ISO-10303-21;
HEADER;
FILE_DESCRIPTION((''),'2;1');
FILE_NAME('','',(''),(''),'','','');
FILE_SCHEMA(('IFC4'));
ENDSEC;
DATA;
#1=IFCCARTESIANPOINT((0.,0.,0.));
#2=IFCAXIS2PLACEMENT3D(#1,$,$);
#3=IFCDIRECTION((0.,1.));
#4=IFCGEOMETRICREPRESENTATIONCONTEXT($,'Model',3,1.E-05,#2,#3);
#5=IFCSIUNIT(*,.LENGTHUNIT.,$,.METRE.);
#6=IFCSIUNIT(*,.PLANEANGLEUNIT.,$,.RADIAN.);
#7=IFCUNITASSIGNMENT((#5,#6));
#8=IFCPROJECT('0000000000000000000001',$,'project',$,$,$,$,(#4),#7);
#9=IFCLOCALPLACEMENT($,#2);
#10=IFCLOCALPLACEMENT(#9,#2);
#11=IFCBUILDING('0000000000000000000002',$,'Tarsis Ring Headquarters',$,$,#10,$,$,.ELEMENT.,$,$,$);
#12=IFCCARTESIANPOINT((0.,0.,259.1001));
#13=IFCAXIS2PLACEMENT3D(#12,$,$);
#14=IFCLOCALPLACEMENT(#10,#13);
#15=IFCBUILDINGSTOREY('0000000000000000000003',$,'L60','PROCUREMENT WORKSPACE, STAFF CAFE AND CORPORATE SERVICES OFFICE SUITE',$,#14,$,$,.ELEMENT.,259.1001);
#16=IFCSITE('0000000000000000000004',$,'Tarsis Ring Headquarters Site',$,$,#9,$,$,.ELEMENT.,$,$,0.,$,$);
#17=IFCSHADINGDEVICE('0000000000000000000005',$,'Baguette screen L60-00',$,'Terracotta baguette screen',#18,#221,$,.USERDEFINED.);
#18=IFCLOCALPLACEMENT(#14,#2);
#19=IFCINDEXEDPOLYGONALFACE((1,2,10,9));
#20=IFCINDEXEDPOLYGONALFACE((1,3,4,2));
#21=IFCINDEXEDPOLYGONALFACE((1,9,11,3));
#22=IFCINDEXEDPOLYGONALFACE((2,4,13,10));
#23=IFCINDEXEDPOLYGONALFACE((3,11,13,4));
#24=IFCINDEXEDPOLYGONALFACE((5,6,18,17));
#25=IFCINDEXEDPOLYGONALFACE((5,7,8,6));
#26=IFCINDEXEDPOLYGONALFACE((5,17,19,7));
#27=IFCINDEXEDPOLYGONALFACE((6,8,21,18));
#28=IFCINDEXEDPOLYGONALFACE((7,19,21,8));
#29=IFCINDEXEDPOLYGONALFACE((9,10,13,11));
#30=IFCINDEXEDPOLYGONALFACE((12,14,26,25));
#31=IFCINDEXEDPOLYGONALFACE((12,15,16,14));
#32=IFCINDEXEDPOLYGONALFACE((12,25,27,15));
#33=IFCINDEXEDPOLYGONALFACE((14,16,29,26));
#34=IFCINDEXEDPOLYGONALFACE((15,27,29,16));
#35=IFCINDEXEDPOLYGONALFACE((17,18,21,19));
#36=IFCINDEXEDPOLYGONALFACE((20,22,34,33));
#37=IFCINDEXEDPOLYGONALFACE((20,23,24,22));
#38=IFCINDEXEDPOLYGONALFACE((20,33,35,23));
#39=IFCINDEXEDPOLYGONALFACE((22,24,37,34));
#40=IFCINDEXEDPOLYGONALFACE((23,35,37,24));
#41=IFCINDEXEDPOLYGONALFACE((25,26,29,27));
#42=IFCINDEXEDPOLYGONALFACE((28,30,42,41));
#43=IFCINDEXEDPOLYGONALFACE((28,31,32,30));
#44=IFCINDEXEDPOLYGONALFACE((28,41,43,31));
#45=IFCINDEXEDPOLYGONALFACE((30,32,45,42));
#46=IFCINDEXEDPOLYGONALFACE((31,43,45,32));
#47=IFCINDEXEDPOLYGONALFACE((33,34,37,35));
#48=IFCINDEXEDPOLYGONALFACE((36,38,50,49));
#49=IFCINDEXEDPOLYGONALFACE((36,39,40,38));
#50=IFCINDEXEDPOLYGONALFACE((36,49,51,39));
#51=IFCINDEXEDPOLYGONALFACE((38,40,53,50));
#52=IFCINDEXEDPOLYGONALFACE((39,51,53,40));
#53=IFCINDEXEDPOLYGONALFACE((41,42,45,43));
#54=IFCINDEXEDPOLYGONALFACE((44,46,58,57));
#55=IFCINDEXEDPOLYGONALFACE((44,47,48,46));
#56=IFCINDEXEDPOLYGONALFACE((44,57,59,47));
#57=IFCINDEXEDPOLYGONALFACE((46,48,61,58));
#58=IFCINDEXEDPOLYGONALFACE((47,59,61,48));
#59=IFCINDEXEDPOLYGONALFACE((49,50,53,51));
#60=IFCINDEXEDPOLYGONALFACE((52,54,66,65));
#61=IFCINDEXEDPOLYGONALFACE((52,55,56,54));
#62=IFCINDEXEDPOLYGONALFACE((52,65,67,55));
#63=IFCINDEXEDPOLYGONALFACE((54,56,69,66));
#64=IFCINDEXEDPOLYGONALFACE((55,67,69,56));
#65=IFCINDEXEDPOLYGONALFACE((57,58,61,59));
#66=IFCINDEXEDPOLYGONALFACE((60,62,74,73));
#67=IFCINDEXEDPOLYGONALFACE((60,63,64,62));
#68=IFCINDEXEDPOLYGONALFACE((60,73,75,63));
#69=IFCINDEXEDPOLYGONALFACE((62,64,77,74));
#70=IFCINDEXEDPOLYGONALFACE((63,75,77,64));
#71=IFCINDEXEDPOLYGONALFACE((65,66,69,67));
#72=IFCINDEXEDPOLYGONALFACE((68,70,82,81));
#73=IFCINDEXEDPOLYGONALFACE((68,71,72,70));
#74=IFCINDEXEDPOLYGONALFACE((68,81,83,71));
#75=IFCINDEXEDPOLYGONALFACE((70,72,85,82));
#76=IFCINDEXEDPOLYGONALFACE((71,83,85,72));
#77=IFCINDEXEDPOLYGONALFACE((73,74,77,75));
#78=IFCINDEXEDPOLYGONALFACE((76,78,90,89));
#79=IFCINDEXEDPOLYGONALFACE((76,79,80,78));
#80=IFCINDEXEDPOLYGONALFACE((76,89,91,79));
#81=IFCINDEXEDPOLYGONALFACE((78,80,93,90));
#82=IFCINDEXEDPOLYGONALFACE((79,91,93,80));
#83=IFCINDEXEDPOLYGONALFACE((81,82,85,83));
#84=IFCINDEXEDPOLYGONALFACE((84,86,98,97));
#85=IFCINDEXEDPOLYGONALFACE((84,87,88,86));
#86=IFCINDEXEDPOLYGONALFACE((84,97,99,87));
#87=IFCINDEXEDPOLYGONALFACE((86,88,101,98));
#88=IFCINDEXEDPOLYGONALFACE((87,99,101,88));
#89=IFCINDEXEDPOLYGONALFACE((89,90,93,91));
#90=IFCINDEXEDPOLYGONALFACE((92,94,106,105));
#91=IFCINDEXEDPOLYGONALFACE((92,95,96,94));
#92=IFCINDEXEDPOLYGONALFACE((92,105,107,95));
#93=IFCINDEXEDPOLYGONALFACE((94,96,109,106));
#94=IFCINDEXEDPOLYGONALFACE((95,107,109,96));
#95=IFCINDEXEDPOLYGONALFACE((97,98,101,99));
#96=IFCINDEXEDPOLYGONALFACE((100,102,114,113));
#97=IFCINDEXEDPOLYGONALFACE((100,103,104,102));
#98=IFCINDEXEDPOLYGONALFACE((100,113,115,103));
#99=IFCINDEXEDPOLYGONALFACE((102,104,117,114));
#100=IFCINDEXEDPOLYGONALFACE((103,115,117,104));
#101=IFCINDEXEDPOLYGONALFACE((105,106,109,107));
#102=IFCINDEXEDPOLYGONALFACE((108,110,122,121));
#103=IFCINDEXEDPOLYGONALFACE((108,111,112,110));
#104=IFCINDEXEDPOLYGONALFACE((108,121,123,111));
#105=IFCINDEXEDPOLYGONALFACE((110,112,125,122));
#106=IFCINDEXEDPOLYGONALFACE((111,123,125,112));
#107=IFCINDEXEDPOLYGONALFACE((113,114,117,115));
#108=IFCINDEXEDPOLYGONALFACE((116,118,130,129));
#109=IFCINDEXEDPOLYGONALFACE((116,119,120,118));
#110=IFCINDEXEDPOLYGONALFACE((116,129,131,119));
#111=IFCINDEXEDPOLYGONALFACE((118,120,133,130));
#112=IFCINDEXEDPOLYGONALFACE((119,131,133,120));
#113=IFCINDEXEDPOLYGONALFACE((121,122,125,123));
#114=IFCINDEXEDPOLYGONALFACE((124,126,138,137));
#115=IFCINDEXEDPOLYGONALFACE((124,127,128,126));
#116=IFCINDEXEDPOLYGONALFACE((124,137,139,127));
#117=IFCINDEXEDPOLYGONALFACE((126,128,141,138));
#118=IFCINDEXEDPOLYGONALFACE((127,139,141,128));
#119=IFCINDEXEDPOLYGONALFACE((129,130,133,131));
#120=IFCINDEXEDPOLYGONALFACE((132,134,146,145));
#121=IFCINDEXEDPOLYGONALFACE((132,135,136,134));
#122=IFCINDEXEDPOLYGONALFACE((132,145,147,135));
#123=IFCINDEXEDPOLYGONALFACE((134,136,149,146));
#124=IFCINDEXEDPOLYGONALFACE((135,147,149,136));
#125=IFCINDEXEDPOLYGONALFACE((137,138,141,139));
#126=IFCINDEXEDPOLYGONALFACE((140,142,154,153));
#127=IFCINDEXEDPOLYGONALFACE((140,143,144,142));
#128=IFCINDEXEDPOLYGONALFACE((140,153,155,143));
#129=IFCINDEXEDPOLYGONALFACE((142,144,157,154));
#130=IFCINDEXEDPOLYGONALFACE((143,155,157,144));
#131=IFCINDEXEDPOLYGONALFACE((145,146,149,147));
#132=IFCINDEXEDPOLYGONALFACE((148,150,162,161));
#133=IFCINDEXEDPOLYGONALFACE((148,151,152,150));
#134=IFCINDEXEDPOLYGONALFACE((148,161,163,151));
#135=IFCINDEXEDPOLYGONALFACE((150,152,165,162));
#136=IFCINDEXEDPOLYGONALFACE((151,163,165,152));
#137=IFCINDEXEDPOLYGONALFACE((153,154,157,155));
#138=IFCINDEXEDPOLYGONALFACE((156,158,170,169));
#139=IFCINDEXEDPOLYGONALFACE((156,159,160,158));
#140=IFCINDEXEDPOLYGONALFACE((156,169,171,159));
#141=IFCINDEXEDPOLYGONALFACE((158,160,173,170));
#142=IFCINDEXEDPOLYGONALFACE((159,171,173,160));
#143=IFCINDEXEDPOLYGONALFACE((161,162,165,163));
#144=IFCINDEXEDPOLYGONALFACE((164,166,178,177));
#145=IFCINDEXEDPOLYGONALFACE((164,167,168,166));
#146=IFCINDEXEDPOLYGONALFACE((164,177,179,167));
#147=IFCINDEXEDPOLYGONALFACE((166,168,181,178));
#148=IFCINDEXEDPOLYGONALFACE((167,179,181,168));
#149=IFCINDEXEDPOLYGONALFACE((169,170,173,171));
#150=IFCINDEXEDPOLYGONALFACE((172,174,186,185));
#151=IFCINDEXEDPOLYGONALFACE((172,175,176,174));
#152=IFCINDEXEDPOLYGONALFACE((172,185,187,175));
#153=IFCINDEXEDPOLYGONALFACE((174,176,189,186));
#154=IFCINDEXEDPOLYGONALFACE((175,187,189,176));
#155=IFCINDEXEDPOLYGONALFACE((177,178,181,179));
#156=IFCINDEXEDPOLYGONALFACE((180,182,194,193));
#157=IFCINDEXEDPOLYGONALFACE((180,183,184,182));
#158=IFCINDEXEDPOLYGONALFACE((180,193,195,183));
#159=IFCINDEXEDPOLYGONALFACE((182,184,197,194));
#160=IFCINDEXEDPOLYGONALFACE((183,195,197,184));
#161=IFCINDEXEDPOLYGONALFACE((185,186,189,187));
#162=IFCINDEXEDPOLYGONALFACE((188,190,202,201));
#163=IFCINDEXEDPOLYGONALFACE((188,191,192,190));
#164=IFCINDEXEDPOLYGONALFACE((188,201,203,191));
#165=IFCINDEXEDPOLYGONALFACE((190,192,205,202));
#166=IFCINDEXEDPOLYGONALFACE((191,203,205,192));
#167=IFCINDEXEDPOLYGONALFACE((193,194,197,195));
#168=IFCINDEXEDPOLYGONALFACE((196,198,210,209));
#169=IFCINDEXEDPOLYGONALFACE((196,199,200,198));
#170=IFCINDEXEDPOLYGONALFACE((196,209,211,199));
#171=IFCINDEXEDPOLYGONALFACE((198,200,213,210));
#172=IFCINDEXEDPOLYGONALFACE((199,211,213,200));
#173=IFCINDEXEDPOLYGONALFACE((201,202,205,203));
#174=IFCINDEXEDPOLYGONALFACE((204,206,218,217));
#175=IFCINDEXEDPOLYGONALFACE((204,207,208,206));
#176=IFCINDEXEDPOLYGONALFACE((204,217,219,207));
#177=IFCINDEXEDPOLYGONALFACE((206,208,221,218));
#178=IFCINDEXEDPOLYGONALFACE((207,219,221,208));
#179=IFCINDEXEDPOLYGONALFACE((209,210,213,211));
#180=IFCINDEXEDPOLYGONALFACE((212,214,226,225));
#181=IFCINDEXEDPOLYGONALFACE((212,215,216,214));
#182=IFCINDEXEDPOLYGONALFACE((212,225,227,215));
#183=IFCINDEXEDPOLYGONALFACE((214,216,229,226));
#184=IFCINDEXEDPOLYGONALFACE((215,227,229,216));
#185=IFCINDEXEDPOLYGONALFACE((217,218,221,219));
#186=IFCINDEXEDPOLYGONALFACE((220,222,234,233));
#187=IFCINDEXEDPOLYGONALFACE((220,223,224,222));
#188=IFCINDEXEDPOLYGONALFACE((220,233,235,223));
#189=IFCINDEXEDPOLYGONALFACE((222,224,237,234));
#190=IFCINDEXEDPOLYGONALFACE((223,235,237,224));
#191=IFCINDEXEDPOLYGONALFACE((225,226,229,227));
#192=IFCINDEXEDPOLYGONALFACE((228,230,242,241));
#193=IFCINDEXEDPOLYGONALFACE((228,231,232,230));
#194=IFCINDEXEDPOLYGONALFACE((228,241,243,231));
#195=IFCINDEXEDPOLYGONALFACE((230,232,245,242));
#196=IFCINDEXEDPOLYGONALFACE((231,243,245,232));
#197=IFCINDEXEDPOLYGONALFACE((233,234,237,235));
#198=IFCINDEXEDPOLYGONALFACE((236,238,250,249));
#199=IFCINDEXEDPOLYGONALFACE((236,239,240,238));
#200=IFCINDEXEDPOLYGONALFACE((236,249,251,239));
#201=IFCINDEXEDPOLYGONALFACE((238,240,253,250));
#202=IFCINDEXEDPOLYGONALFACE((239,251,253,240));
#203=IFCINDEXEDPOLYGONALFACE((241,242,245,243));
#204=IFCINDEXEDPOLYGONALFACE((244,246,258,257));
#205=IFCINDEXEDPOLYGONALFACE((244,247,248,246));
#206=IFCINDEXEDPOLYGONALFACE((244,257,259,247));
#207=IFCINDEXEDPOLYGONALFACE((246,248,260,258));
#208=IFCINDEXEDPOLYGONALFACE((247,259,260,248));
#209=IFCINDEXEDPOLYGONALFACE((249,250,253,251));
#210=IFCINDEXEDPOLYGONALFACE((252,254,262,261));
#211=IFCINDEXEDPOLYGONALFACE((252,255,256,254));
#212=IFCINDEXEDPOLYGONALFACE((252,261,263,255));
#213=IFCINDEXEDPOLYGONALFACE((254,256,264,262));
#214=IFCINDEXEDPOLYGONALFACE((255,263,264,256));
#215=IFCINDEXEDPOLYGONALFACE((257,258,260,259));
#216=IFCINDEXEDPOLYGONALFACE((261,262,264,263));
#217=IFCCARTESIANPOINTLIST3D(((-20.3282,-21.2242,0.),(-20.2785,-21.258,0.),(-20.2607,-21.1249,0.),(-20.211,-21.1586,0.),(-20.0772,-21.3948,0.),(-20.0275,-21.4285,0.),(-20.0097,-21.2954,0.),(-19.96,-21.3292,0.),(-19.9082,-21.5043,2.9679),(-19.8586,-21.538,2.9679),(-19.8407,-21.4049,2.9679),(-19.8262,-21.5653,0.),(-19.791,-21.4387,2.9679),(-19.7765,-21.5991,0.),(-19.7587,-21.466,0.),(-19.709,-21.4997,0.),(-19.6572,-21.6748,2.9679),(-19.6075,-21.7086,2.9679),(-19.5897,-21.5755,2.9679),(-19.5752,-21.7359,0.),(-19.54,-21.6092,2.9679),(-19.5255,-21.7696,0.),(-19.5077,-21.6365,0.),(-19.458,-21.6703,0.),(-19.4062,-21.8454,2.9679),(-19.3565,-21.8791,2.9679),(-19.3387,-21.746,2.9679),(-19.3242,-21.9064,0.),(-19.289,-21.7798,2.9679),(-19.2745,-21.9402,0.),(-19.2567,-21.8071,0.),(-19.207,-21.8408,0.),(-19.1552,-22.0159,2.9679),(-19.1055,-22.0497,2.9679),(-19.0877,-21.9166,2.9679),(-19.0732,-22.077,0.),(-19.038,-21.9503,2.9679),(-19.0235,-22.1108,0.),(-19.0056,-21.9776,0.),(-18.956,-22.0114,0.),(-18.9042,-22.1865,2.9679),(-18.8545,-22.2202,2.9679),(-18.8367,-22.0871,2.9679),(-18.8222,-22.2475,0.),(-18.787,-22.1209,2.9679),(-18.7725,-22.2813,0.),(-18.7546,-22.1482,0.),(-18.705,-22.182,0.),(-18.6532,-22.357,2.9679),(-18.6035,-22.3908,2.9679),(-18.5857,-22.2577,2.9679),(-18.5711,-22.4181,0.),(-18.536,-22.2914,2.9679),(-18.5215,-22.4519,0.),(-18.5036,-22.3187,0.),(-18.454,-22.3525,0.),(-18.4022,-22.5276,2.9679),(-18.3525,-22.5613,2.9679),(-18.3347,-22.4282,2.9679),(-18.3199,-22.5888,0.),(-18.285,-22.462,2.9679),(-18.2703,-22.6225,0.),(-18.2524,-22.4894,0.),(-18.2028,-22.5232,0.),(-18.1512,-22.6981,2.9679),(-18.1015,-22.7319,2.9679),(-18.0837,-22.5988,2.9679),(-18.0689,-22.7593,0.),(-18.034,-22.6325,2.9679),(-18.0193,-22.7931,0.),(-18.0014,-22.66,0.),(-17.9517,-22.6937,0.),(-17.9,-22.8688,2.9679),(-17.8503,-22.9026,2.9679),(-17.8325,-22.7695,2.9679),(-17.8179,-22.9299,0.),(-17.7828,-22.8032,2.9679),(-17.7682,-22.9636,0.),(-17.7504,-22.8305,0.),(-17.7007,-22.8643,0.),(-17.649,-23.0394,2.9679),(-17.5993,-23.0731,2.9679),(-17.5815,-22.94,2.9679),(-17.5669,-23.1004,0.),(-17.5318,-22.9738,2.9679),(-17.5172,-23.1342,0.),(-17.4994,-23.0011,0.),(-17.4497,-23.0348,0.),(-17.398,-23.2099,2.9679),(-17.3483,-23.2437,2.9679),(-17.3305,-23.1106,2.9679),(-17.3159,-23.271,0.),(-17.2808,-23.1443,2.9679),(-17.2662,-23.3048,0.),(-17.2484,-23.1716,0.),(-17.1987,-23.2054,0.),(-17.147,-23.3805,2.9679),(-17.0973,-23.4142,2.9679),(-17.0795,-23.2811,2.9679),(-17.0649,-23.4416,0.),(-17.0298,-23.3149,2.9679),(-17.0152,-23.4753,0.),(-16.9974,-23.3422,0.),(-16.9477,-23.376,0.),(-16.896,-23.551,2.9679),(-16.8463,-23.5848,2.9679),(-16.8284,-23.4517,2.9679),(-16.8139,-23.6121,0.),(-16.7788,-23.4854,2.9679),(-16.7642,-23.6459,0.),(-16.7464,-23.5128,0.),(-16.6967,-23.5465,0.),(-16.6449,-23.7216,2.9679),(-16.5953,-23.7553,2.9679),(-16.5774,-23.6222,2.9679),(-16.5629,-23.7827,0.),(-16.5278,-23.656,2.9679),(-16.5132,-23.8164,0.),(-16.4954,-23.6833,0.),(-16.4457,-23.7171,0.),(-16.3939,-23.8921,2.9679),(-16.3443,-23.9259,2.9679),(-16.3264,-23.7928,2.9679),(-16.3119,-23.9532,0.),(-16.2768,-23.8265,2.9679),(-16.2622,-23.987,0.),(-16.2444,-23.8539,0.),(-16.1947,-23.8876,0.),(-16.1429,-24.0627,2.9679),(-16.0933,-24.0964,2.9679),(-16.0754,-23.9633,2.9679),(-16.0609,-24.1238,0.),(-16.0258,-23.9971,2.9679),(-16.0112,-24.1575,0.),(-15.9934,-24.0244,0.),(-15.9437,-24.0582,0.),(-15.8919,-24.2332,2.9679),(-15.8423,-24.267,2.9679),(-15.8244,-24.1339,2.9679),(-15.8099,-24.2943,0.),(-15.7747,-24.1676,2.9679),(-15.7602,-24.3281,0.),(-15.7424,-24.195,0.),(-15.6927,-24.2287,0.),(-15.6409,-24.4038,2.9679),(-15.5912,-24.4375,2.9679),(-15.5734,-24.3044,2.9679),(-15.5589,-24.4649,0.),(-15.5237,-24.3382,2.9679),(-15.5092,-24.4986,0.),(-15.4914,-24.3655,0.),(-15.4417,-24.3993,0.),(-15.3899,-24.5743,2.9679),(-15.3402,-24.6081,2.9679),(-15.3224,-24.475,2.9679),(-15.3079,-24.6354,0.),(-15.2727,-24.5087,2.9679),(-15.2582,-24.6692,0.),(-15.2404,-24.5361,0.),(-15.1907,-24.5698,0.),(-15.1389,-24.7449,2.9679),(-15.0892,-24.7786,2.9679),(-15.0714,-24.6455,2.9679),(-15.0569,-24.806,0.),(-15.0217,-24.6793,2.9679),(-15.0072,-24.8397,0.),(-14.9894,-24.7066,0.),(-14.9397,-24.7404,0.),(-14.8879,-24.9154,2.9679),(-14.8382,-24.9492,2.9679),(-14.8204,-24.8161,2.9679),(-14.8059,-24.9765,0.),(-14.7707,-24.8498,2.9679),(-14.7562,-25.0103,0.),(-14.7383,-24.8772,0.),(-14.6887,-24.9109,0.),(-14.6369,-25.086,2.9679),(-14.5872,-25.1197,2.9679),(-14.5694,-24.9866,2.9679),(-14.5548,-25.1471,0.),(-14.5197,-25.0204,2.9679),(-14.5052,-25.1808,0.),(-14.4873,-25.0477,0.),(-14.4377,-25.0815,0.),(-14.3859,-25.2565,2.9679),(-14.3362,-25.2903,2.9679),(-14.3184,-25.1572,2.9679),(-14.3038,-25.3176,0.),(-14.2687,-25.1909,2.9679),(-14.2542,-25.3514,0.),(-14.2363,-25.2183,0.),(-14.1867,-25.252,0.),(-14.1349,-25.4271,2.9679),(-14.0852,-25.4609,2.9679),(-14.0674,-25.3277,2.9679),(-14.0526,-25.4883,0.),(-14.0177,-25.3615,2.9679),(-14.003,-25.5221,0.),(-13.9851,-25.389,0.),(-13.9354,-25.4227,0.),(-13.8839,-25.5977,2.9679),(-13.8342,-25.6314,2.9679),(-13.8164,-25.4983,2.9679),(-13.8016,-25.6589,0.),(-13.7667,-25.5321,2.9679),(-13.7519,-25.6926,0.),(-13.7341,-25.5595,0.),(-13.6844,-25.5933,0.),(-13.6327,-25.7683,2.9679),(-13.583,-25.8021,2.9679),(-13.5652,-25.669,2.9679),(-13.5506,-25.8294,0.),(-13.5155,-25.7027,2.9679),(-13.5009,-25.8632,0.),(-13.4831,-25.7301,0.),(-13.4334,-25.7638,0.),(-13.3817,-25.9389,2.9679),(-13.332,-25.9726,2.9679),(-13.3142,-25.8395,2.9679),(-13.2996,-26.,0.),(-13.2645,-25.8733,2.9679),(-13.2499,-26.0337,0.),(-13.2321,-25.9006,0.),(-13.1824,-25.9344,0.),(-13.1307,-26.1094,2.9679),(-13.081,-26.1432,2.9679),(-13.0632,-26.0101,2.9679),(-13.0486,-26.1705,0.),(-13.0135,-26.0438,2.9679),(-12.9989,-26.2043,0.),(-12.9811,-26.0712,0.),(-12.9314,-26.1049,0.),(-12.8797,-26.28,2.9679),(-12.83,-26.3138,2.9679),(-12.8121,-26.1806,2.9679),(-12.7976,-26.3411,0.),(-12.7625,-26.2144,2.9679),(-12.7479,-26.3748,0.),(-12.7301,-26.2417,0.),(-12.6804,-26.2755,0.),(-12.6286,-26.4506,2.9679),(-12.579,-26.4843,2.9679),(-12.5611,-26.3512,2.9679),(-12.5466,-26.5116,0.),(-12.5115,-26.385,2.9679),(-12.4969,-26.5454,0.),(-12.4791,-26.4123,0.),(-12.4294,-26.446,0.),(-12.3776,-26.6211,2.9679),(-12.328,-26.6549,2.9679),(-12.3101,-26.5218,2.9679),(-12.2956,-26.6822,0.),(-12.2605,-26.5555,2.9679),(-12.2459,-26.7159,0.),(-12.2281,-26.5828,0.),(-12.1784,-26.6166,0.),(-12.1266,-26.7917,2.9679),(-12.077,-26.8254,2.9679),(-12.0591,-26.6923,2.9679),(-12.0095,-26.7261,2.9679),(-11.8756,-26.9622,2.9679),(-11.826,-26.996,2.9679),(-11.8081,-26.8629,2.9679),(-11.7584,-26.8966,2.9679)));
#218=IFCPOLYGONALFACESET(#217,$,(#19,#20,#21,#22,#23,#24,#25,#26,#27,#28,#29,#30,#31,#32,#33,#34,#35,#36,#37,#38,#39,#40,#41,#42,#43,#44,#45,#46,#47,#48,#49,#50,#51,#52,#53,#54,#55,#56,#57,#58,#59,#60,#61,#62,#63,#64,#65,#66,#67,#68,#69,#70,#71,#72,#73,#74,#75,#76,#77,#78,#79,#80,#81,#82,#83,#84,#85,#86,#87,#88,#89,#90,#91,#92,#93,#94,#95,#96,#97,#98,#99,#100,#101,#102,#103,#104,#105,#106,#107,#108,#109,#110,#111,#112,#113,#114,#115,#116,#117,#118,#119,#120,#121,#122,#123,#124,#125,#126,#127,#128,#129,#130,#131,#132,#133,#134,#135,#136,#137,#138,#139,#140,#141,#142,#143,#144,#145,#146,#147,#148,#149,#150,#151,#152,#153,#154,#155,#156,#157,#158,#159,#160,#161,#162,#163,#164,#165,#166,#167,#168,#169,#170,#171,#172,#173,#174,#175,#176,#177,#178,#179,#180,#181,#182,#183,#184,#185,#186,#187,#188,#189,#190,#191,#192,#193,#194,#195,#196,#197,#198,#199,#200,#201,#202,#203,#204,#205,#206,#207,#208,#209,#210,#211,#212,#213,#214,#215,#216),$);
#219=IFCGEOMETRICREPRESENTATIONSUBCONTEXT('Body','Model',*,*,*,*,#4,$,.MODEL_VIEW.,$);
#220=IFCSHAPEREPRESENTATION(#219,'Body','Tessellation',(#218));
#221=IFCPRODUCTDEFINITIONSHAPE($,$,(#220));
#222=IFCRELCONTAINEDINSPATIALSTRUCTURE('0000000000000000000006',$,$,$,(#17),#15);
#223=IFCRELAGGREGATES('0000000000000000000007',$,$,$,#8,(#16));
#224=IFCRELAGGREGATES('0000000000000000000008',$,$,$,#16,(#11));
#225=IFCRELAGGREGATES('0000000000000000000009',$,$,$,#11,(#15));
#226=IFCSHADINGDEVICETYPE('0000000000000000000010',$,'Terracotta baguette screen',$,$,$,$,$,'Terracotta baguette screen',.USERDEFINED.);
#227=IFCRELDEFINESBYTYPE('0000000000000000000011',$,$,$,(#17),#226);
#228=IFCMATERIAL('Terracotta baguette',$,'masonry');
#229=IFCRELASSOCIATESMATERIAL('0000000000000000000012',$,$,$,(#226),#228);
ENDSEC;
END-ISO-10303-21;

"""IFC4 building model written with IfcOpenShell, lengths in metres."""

from ifc_helpers import new_model, si_unit, direction, frame, frame_2d, origin, place, context, subcontext, project, spatial, rectangle, composite_profile, extrude, material, type_object, element, save


model = new_model("IFC4")

# Units and contexts
model_context = context("Model", 3, precision=1e-05, world=origin(), true_north=direction((0.0, 1.0)))
body_context = subcontext(model_context, "Body", "Model", "MODEL_VIEW")
ifc_project = project(units=[si_unit("LENGTHUNIT", "METRE"), si_unit("PLANEANGLEUNIT", "RADIAN")], contexts=[model_context])

# Site, building, storey
site_placement = place(None, origin())
site = spatial("IfcSite", under=ifc_project, at=site_placement, Name="Tarsis Ring Headquarters Site", CompositionType="ELEMENT", RefElevation=0.0)
building_placement = place(site_placement, origin())
building = spatial("IfcBuilding", under=site, at=building_placement, Name="Tarsis Ring Headquarters", CompositionType="ELEMENT")
storey_placement = place(building_placement, frame((0.0, 0.0, 259.1001)))
storey = spatial("IfcBuildingStorey", under=building, at=storey_placement, Name="L60", Description="PROCUREMENT WORKSPACE, STAFF CAFE AND CORPORATE SERVICES OFFICE SUITE", CompositionType="ELEMENT", Elevation=259.1001)

# Shading device
ifc_material_1 = material(Name="Terracotta baguette", Category="masonry")
shading_device_type_1 = type_object("IfcShadingDeviceType", Name="Terracotta baguette screen", ElementType="Terracotta baguette screen", PredefinedType="USERDEFINED", material=ifc_material_1)
shading_device_1_placement = place(storey_placement, frame((-20.2944, -21.1746, 0.0), z_axis=(0.0, 0.0, 1.0), x_axis=(0.827129, -0.562013, 0.0)))
element("IfcShadingDevice", 1, at=shading_device_1_placement, inside=storey, type_object=shading_device_type_1, Name="Baguette screen L60-00", ObjectType="Terracotta baguette screen", PredefinedType="USERDEFINED", context=body_context, shape_type="SweptSolid", body=[
    extrude(composite_profile([rectangle(XDim=0.0601, YDim=0.1201, at=frame_2d((0.03, 0.0))), rectangle(XDim=0.0601, YDim=0.1201, at=frame_2d((0.3335, 0.0))), rectangle(XDim=0.0601, YDim=0.1201, at=frame_2d((0.637, 0.0))), rectangle(XDim=0.0601, YDim=0.1201, at=frame_2d((0.9404, 0.0))), rectangle(XDim=0.0601, YDim=0.1201, at=frame_2d((1.2439, 0.0))), rectangle(XDim=0.0601, YDim=0.1201, at=frame_2d((1.5474, 0.0))), rectangle(XDim=0.0601, YDim=0.1201, at=frame_2d((1.8508, 0.0))), rectangle(XDim=0.0601, YDim=0.1201, at=frame_2d((2.1543, 0.0))), rectangle(XDim=0.0601, YDim=0.1201, at=frame_2d((2.458, 0.0))), rectangle(XDim=0.0601, YDim=0.1201, at=frame_2d((2.7615, 0.0))), rectangle(XDim=0.0601, YDim=0.1201, at=frame_2d((3.0649, 0.0))), rectangle(XDim=0.0601, YDim=0.1201, at=frame_2d((3.3684, 0.0))), rectangle(XDim=0.0601, YDim=0.1201, at=frame_2d((3.6719, 0.0))), rectangle(XDim=0.0601, YDim=0.1201, at=frame_2d((3.9753, 0.0))), rectangle(XDim=0.0601, YDim=0.1201, at=frame_2d((4.2788, 0.0))), rectangle(XDim=0.0601, YDim=0.1201, at=frame_2d((4.5823, 0.0))), rectangle(XDim=0.0601, YDim=0.1201, at=frame_2d((4.8857, 0.0))), rectangle(XDim=0.0601, YDim=0.1201, at=frame_2d((5.1892, 0.0))), rectangle(XDim=0.0601, YDim=0.1201, at=frame_2d((5.4927, 0.0))), rectangle(XDim=0.0601, YDim=0.1201, at=frame_2d((5.7961, 0.0))), rectangle(XDim=0.0601, YDim=0.1201, at=frame_2d((6.0996, 0.0))), rectangle(XDim=0.0601, YDim=0.1201, at=frame_2d((6.4031, 0.0))), rectangle(XDim=0.0601, YDim=0.1201, at=frame_2d((6.7065, 0.0))), rectangle(XDim=0.0601, YDim=0.1201, at=frame_2d((7.01, 0.0))), rectangle(XDim=0.0601, YDim=0.1201, at=frame_2d((7.3135, 0.0))), rectangle(XDim=0.0601, YDim=0.1201, at=frame_2d((7.6172, 0.0))), rectangle(XDim=0.0601, YDim=0.1201, at=frame_2d((7.9207, 0.0))), rectangle(XDim=0.0601, YDim=0.1201, at=frame_2d((8.2241, 0.0))), rectangle(XDim=0.0601, YDim=0.1201, at=frame_2d((8.5276, 0.0))), rectangle(XDim=0.0601, YDim=0.1201, at=frame_2d((8.8311, 0.0))), rectangle(XDim=0.0601, YDim=0.1201, at=frame_2d((9.1345, 0.0))), rectangle(XDim=0.0601, YDim=0.1201, at=frame_2d((9.438, 0.0))), rectangle(XDim=0.0601, YDim=0.1201, at=frame_2d((9.7415, 0.0)))]), origin(), (0.16766, 0.001463, 0.985844), 3.0105),
])

save(model, "model.ifc")
